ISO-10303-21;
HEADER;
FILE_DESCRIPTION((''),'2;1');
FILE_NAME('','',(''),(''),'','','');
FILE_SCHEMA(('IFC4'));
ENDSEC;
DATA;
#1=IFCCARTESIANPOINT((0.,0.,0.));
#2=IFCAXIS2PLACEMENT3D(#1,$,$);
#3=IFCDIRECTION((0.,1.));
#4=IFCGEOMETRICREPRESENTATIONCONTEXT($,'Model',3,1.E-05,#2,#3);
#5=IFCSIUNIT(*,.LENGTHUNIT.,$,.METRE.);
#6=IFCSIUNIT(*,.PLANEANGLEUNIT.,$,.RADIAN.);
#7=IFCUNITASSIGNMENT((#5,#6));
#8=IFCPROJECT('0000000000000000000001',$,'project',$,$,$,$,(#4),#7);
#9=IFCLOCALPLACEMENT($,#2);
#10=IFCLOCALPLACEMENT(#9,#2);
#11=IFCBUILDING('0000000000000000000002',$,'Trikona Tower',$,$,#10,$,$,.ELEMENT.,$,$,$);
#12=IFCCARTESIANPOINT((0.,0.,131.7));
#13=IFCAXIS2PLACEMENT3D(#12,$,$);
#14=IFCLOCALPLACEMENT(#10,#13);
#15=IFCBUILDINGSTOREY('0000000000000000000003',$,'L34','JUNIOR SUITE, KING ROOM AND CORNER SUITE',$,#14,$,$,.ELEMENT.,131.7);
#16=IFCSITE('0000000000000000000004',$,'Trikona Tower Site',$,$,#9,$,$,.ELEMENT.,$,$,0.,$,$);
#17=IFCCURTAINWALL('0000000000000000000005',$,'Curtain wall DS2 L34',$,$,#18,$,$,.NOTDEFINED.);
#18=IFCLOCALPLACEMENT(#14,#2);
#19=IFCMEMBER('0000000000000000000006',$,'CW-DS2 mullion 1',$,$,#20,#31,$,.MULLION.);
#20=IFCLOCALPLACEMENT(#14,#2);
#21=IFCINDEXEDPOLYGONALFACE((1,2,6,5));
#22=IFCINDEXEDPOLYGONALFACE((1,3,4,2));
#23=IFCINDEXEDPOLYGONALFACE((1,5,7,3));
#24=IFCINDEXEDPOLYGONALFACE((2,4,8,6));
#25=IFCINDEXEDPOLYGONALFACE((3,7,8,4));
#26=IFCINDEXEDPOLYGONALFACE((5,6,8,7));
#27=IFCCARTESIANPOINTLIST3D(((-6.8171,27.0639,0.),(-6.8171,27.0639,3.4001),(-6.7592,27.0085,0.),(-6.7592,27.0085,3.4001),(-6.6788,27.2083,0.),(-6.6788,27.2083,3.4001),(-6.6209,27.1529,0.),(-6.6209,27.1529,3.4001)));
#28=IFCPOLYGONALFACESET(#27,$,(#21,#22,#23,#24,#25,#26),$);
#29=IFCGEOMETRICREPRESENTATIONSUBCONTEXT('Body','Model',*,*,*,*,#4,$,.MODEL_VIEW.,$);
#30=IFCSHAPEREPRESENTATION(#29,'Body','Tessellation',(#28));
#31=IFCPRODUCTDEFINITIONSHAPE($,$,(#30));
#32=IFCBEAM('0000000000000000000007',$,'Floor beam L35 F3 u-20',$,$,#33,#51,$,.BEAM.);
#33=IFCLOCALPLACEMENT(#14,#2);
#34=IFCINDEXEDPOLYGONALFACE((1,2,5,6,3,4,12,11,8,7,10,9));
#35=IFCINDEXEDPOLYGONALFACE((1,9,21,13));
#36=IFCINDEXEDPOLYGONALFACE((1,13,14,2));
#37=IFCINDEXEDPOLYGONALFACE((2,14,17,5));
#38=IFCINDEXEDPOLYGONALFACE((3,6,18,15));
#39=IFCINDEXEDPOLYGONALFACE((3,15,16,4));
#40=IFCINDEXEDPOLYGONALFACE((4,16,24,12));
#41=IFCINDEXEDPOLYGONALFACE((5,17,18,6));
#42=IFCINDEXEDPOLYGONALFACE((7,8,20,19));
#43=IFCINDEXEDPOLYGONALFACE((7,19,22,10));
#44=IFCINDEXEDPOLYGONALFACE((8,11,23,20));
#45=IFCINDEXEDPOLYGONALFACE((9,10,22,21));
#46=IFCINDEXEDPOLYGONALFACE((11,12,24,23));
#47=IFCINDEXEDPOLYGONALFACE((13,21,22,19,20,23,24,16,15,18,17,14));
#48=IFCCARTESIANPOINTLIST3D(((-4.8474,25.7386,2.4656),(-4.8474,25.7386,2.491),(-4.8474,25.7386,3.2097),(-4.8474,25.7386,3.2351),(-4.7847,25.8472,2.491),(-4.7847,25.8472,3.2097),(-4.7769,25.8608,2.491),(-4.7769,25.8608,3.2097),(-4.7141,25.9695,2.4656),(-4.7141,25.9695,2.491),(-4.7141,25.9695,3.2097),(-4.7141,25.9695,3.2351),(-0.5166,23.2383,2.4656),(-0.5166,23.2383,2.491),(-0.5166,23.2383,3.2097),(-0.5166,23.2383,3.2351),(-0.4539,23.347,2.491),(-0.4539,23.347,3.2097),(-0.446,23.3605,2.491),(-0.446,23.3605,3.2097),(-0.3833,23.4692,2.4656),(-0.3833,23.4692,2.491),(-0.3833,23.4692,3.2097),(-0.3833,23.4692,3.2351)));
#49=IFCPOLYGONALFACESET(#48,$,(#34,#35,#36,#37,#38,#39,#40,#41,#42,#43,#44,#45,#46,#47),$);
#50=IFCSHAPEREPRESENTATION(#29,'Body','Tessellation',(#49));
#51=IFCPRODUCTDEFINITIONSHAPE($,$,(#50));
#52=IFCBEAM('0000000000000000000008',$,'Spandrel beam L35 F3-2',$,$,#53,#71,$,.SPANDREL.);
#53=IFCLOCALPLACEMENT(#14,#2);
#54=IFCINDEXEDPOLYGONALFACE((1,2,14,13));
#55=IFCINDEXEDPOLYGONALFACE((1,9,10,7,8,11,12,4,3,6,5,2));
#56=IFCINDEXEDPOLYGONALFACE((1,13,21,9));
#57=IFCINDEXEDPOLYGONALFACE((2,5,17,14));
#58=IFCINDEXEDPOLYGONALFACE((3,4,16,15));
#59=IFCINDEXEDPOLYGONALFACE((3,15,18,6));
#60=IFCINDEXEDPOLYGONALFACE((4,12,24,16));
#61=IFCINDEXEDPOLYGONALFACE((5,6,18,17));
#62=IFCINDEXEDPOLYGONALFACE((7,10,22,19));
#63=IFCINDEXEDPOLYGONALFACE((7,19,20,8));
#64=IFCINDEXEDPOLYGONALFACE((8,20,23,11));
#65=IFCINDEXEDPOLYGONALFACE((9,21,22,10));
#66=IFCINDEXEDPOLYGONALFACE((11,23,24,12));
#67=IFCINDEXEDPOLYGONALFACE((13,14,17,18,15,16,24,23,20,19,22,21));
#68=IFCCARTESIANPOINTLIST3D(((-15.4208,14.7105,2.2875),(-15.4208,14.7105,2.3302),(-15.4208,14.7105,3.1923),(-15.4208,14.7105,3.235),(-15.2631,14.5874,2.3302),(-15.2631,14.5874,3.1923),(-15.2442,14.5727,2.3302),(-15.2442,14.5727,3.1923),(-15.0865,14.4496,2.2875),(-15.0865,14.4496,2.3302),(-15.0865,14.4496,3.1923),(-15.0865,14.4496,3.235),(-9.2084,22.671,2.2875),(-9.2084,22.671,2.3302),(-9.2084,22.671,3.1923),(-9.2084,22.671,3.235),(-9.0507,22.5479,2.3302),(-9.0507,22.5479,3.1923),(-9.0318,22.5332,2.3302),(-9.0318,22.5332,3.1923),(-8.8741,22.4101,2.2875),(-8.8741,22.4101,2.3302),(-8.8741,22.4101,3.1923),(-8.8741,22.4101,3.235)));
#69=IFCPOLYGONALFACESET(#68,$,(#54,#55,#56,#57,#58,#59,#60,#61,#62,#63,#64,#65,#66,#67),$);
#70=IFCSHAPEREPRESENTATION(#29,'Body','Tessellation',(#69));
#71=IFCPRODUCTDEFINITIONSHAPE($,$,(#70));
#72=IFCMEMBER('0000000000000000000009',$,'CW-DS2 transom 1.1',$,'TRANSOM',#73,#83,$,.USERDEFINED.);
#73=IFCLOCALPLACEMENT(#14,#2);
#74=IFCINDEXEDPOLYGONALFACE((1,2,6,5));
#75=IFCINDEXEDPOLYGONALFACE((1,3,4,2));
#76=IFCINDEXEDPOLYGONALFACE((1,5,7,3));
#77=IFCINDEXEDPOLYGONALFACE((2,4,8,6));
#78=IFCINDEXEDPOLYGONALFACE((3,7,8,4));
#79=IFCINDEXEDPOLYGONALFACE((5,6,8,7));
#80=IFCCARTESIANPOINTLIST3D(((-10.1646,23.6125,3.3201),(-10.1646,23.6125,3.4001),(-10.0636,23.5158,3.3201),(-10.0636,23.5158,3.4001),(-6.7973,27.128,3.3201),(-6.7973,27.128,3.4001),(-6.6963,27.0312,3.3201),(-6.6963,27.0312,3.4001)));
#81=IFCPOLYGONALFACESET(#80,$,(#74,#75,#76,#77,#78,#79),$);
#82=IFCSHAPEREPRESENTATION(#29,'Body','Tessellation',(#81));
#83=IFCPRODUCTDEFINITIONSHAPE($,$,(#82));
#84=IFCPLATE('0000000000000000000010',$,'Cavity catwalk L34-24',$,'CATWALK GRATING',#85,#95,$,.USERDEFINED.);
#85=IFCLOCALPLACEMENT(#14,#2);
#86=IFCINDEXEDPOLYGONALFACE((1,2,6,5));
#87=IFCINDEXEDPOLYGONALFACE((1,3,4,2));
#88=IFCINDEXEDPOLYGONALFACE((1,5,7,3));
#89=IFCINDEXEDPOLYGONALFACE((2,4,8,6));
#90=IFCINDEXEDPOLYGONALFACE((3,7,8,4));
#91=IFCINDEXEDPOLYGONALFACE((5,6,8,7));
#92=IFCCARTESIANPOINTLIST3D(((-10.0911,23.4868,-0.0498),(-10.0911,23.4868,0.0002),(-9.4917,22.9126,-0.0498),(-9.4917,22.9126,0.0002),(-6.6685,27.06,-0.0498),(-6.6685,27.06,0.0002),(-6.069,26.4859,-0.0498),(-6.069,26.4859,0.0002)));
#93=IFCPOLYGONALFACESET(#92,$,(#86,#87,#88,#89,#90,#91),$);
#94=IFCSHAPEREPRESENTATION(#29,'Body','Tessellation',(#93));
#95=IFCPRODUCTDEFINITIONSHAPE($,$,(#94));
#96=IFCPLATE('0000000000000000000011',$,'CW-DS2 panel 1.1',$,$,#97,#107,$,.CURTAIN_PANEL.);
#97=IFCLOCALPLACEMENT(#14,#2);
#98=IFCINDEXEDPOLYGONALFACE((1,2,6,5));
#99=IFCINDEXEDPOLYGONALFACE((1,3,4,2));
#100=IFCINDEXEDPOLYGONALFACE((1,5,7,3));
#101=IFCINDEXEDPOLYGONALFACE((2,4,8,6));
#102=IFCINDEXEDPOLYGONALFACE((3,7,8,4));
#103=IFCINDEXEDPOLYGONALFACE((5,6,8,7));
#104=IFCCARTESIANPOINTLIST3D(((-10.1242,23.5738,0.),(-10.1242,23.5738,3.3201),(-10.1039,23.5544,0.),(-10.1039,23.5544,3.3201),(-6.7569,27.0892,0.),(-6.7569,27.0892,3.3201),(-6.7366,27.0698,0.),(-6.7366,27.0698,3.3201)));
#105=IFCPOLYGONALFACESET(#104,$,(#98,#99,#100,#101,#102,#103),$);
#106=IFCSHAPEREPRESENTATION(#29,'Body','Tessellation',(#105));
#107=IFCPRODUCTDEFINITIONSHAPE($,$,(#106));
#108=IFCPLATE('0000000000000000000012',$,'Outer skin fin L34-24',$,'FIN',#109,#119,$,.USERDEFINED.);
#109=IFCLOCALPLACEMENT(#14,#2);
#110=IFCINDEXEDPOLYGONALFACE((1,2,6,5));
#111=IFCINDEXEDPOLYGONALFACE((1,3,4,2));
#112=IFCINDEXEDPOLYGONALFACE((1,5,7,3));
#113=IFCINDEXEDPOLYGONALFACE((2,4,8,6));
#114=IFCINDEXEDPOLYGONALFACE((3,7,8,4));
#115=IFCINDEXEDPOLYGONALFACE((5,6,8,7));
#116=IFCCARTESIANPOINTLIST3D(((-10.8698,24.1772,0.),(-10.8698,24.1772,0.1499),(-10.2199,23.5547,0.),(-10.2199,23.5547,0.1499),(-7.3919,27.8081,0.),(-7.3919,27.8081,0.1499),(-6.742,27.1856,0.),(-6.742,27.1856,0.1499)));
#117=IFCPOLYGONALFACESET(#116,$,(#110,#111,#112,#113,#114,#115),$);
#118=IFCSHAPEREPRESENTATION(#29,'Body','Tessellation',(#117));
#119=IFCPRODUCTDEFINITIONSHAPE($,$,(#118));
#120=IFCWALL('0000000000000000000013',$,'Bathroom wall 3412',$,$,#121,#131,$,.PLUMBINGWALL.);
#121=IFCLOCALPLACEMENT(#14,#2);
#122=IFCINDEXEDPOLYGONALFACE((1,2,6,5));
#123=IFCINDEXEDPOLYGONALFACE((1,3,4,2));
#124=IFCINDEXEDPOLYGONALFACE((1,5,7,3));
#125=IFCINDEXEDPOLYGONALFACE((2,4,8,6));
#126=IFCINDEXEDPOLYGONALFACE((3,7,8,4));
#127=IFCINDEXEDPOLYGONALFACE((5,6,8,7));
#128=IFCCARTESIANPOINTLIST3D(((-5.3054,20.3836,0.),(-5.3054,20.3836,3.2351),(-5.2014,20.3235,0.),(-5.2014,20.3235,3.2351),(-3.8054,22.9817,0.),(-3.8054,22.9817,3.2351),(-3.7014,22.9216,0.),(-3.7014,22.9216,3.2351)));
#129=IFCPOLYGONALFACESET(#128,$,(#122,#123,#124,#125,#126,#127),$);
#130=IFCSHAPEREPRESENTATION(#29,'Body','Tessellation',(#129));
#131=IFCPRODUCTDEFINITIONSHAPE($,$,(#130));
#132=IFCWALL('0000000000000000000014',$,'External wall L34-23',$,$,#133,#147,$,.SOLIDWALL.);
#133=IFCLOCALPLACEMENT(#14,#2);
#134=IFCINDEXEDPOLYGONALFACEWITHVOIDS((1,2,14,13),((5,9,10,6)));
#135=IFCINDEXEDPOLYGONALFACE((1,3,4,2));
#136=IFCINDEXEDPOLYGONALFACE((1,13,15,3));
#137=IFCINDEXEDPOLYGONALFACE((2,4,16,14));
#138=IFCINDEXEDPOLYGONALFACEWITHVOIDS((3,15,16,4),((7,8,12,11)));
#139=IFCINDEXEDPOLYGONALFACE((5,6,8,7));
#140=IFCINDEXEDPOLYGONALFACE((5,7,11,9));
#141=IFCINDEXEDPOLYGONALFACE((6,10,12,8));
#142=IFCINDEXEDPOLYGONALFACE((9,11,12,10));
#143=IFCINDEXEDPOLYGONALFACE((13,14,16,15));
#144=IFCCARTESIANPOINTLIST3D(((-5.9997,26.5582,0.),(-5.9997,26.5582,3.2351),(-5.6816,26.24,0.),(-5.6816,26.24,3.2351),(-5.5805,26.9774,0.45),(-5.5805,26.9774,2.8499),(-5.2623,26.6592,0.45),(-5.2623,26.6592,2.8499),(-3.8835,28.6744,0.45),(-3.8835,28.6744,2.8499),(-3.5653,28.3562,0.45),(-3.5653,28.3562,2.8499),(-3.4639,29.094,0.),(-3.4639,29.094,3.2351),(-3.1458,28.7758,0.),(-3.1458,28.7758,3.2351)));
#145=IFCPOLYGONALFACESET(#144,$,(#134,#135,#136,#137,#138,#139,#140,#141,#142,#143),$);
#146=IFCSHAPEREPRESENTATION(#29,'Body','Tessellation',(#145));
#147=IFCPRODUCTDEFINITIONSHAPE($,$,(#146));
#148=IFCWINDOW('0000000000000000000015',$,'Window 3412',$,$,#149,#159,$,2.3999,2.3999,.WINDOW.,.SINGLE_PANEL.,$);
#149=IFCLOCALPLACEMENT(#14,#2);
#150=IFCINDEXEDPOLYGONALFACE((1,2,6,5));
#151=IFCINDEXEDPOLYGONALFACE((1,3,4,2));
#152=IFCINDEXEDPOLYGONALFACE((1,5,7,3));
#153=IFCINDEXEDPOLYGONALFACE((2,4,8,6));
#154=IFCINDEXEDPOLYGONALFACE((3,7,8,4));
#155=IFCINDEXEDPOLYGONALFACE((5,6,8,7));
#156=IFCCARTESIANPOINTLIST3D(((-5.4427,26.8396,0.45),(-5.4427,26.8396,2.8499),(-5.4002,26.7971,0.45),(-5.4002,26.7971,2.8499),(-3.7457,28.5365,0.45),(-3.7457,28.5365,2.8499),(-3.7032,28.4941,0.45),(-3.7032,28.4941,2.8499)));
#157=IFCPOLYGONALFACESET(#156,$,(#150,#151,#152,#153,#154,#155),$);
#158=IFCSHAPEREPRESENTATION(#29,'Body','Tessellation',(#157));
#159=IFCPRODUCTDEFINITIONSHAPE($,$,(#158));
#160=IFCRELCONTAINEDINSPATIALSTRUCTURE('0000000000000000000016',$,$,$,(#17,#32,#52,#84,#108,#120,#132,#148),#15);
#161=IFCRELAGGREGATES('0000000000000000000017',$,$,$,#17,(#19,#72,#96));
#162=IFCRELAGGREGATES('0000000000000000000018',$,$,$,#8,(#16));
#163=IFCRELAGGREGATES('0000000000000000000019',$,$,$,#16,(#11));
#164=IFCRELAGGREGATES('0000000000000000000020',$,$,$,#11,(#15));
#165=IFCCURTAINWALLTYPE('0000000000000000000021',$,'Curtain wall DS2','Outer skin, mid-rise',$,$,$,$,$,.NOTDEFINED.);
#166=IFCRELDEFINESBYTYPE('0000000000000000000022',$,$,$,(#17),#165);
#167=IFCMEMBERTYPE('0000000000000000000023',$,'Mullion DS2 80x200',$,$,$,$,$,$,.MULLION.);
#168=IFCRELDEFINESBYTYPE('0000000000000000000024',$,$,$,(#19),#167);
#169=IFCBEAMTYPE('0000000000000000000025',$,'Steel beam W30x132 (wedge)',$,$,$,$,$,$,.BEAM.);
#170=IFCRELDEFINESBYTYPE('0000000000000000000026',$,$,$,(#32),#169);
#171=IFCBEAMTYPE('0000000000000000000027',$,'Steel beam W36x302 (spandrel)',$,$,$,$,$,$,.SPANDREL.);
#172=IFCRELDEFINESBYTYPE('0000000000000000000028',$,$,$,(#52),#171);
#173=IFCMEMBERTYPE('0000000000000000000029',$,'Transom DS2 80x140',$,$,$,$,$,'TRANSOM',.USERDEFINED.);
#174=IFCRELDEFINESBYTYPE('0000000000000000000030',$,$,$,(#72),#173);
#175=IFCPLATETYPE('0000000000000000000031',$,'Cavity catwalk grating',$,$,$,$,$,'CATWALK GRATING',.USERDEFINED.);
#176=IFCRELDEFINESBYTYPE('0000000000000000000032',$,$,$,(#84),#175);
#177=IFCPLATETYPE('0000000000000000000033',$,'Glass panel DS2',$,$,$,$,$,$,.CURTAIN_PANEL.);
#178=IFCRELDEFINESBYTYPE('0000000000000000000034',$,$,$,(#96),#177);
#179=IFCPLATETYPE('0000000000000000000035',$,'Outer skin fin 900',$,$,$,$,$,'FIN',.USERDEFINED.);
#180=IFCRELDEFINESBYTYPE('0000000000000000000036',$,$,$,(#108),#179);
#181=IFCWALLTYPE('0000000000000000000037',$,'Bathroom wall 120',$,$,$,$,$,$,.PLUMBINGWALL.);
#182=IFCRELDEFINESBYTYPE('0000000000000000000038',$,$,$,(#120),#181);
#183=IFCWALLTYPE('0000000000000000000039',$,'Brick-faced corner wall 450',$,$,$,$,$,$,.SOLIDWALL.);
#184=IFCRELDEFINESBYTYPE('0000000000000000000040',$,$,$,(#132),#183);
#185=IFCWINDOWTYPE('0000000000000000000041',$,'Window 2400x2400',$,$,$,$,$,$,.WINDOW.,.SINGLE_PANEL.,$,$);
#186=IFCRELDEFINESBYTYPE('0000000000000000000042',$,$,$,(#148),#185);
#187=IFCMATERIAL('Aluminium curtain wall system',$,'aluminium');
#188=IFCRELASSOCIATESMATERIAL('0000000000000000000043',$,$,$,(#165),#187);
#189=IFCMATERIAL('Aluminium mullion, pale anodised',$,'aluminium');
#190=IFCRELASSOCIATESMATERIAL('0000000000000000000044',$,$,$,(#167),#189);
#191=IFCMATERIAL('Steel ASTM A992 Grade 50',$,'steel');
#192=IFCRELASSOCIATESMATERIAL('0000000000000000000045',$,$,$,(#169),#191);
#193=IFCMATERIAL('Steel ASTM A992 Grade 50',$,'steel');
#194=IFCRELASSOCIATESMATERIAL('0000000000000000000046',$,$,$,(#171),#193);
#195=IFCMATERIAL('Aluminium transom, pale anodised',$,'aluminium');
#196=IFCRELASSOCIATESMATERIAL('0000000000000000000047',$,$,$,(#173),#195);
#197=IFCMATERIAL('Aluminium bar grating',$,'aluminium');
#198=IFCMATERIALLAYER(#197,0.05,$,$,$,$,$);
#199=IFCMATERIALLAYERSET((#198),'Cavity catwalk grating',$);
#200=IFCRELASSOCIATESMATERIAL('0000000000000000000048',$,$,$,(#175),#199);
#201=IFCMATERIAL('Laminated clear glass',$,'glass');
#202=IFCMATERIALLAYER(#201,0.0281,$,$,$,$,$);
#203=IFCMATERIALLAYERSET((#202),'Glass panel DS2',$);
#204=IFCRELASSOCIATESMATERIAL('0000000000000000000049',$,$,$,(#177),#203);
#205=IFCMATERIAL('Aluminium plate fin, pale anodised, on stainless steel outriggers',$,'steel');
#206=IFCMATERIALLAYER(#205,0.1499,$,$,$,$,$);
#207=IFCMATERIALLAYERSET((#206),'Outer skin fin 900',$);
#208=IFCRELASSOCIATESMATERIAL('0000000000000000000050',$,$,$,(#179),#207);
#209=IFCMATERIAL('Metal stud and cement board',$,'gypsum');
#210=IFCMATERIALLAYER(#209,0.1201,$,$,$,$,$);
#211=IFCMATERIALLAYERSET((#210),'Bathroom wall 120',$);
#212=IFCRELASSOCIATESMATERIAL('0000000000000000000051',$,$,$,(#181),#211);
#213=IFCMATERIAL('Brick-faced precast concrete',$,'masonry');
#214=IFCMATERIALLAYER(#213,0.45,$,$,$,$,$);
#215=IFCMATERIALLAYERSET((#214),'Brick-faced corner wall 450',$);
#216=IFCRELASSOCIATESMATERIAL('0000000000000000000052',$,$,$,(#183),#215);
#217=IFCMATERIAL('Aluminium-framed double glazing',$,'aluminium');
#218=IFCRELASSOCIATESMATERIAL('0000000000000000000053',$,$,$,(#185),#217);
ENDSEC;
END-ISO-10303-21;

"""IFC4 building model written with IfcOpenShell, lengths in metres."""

from ifc_helpers import new_model, si_unit, direction, frame, frame_2d, origin, origin_2d, place, context, subcontext, project, spatial, rectangle, i_section, extrude, material, layer, layer_set, material_profile, profile_set, type_object, element, fill, aggregate, save


model = new_model("IFC4")

# Units and contexts
model_context = context("Model", 3, precision=1e-05, world=origin(), true_north=direction((0.0, 1.0)))
body_context = subcontext(model_context, "Body", "Model", "MODEL_VIEW")
ifc_project = project(units=[si_unit("LENGTHUNIT", "METRE"), si_unit("PLANEANGLEUNIT", "RADIAN")], contexts=[model_context])

# Site, building, storey
site_placement = place(None, origin())
site = spatial("IfcSite", under=ifc_project, at=site_placement, Name="Trikona Tower Site", CompositionType="ELEMENT", RefElevation=0.0)
building_placement = place(site_placement, origin())
building = spatial("IfcBuilding", under=site, at=building_placement, Name="Trikona Tower", CompositionType="ELEMENT")
storey_placement = place(building_placement, frame((0.0, 0.0, 131.7)))
storey = spatial("IfcBuildingStorey", under=building, at=storey_placement, Name="L34", Description="JUNIOR SUITE, KING ROOM AND CORNER SUITE", CompositionType="ELEMENT", Elevation=131.7)

# Curtain wall, member
ifc_material_1 = material(Name="Aluminium curtain wall system", Category="aluminium")
curtain_wall_type = type_object("IfcCurtainWallType", Name="Curtain wall DS2", Description="Outer skin, mid-rise", PredefinedType="NOTDEFINED", material=ifc_material_1)
curtain_wall_placement = place(storey_placement, origin())
curtain_wall = element("IfcCurtainWall", 1, at=curtain_wall_placement, inside=storey, type_object=curtain_wall_type, Name="Curtain wall DS2 L34", PredefinedType="NOTDEFINED")
ifc_material_2 = material(Name="Aluminium mullion, pale anodised", Category="aluminium")
ifc_material_profile_1 = material_profile(ifc_material_2, rectangle(XDim=0.0801, YDim=0.2, at=origin_2d()), Name="MUL-DS2")
ifc_profile_set_1 = profile_set([ifc_material_profile_1], Name="Aluminium mullion, pale anodised")
member_type_1 = type_object("IfcMemberType", Name="Mullion DS2 80x200", PredefinedType="MULLION", material=ifc_profile_set_1)
member_1_placement = place(storey_placement, frame((-6.719, 27.1084, 0.0), z_axis=(0.0, 0.0, 1.0), x_axis=(0.722158, -0.691728, 0.0)))
member_1 = element("IfcMember", 2, at=member_1_placement, type_object=member_type_1, Name="CW-DS2 mullion 1", PredefinedType="MULLION", context=body_context, shape_type="SweptSolid", body=[
    extrude(rectangle(XDim=0.0801, YDim=0.2, at=origin_2d()), origin(), (0.0, 0.0, 1.0), 3.4001),
])

# Beams
ifc_material_3 = material(Name="Steel ASTM A992 Grade 50", Category="steel")
ifc_material_profile_2 = material_profile(ifc_material_3, i_section(OverallWidth=0.2666, OverallDepth=0.7695, WebThickness=0.0156, FlangeThickness=0.0254, at=origin_2d()), Name="W30X132")
ifc_profile_set_2 = profile_set([ifc_material_profile_2], Name="Steel ASTM A992 Grade 50")
beam_type_1 = type_object("IfcBeamType", Name="Steel beam W30x132 (wedge)", PredefinedType="BEAM", material=ifc_profile_set_2)
beam_1_placement = place(storey_placement, frame((-0.45, 23.3538, 2.8503), z_axis=(-0.866038, 0.499977, 0.0), x_axis=(-0.499977, -0.866038, 0.0)))
element("IfcBeam", 3, at=beam_1_placement, inside=storey, type_object=beam_type_1, Name="Floor beam L35 F3 u-20", PredefinedType="BEAM", context=body_context, shape_type="SweptSolid", body=[
    extrude(i_section(OverallWidth=0.2666, OverallDepth=0.7695, WebThickness=0.0156, FlangeThickness=0.0254, at=origin_2d()), origin(), (0.0, 0.0, 1.0), 5.0007),
])
ifc_material_4 = material(Name="Steel ASTM A992 Grade 50", Category="steel")
ifc_material_profile_3 = material_profile(ifc_material_4, i_section(OverallWidth=0.4241, OverallDepth=0.9475, WebThickness=0.0239, FlangeThickness=0.0427, at=origin_2d()), Name="W36X302")
ifc_profile_set_3 = profile_set([ifc_material_profile_3], Name="Steel ASTM A992 Grade 50")
beam_type_2 = type_object("IfcBeamType", Name="Steel beam W36x302 (spandrel)", PredefinedType="SPANDREL", material=ifc_profile_set_3)
beam_2_placement = place(storey_placement, frame((-9.0413, 22.5405, 2.7612), z_axis=(-0.615232, -0.788346, 0.0), x_axis=(0.788346, -0.615232, 0.0)))
element("IfcBeam", 4, at=beam_2_placement, inside=storey, type_object=beam_type_2, Name="Spandrel beam L35 F3-2", PredefinedType="SPANDREL", context=body_context, shape_type="SweptSolid", body=[
    extrude(i_section(OverallWidth=0.4241, OverallDepth=0.9475, WebThickness=0.0239, FlangeThickness=0.0427, at=origin_2d()), origin(), (0.0, 0.0, 1.0), 10.0977),
])

# Member
ifc_material_5 = material(Name="Aluminium transom, pale anodised", Category="aluminium")
ifc_material_profile_4 = material_profile(ifc_material_5, rectangle(XDim=0.1399, YDim=0.0801, at=origin_2d()), Name="TRN-DS2")
ifc_profile_set_4 = profile_set([ifc_material_profile_4], Name="Aluminium transom, pale anodised")
member_type_2 = type_object("IfcMemberType", Name="Transom DS2 80x140", ElementType="TRANSOM", PredefinedType="USERDEFINED", material=ifc_profile_set_4)
member_2_placement = place(storey_placement, frame((-6.7468, 27.0796, 3.3601), z_axis=(-0.691721, -0.722165, 0.0), x_axis=(0.722165, -0.691721, 0.0)))
member_2 = element("IfcMember", 5, at=member_2_placement, type_object=member_type_2, Name="CW-DS2 transom 1.1", ObjectType="TRANSOM", PredefinedType="USERDEFINED", context=body_context, shape_type="SweptSolid", body=[
    extrude(rectangle(XDim=0.1399, YDim=0.0801, at=origin_2d()), origin(), (0.0, 0.0, 1.0), 4.8679),
])

# Plates
ifc_material_6 = material(Name="Aluminium bar grating", Category="aluminium")
ifc_layer_1 = layer(ifc_material_6, 0.05)
ifc_layer_set_1 = layer_set([ifc_layer_1], Name="Cavity catwalk grating")
plate_type_1 = type_object("IfcPlateType", Name="Cavity catwalk grating", ElementType="CATWALK GRATING", PredefinedType="USERDEFINED", material=ifc_layer_set_1)
plate_1_placement = place(storey_placement, frame((-8.0801, 24.9863, -0.0498), z_axis=(0.0, 0.0, 1.0), x_axis=(-0.691724, -0.722162, 0.0)))
element("IfcPlate", 6, at=plate_1_placement, inside=storey, type_object=plate_type_1, Name="Cavity catwalk L34-24", ObjectType="CATWALK GRATING", PredefinedType="USERDEFINED", context=body_context, shape_type="SweptSolid", body=[
    extrude(rectangle(XDim=4.948, YDim=0.8301, at=origin_2d()), origin(), (0.0, 0.0, 1.0), 0.05),
])
ifc_material_7 = material(Name="Laminated clear glass", Category="glass")
ifc_layer_2 = layer(ifc_material_7, 0.0281)
ifc_layer_set_2 = layer_set([ifc_layer_2], Name="Glass panel DS2")
plate_type_2 = type_object("IfcPlateType", Name="Glass panel DS2", PredefinedType="CURTAIN_PANEL", material=ifc_layer_set_2)
plate_2_placement = place(storey_placement, frame((-8.4304, 25.3218, 0.0), z_axis=(0.0, 0.0, 1.0), x_axis=(-0.691728, -0.722158, 0.0)))
plate_2 = element("IfcPlate", 7, at=plate_2_placement, type_object=plate_type_2, Name="CW-DS2 panel 1.1", PredefinedType="CURTAIN_PANEL", context=body_context, shape_type="SweptSolid", body=[
    extrude(rectangle(XDim=4.8679, YDim=0.0281, at=origin_2d()), origin(), (0.0, 0.0, 1.0), 3.3201),
])
aggregate(curtain_wall, [member_1, member_2, plate_2])
ifc_material_8 = material(Name="Aluminium plate fin, pale anodised, on stainless steel outriggers", Category="steel")
ifc_layer_3 = layer(ifc_material_8, 0.1499)
ifc_layer_set_3 = layer_set([ifc_layer_3], Name="Outer skin fin 900")
plate_type_3 = type_object("IfcPlateType", Name="Outer skin fin 900", ElementType="FIN", PredefinedType="USERDEFINED", material=ifc_layer_set_3)
plate_3_placement = place(storey_placement, frame((-8.8059, 25.6814, 0.0), z_axis=(0.0, 0.0, 1.0), x_axis=(-0.691724, -0.722162, 0.0)))
element("IfcPlate", 8, at=plate_3_placement, inside=storey, type_object=plate_type_3, Name="Outer skin fin L34-24", ObjectType="FIN", PredefinedType="USERDEFINED", context=body_context, shape_type="SweptSolid", body=[
    extrude(rectangle(XDim=5.0278, YDim=0.8999, at=origin_2d()), origin(), (0.0, 0.0, 1.0), 0.1499),
])

# Wall
ifc_material_9 = material(Name="Metal stud and cement board", Category="gypsum")
ifc_layer_4 = layer(ifc_material_9, 0.1201)
ifc_layer_set_4 = layer_set([ifc_layer_4], Name="Bathroom wall 120")
wall_type_1 = type_object("IfcWallType", Name="Bathroom wall 120", PredefinedType="PLUMBINGWALL", material=ifc_layer_set_4)
wall_1_placement = place(storey_placement, frame((-3.7534, 22.9517, 0.0), z_axis=(0.0, 0.0, 1.0), x_axis=(-0.49999, -0.866031, 0.0)))
element("IfcWall", 9, at=wall_1_placement, inside=storey, type_object=wall_type_1, Name="Bathroom wall 3412", PredefinedType="PLUMBINGWALL", context=body_context, shape_type="SweptSolid", body=[
    extrude(rectangle(XDim=3.0, YDim=0.1201, at=frame_2d((1.5, 0.0))), origin(), (0.0, 0.0, 1.0), 3.2351),
])

# Wall, opening, window
ifc_material_10 = material(Name="Brick-faced precast concrete", Category="masonry")
ifc_layer_5 = layer(ifc_material_10, 0.45)
ifc_layer_set_5 = layer_set([ifc_layer_5], Name="Brick-faced corner wall 450")
wall_type_2 = type_object("IfcWallType", Name="Brick-faced corner wall 450", PredefinedType="SOLIDWALL", material=ifc_layer_set_5)
wall_2_placement = place(storey_placement, frame((-3.3049, 28.9348, 0.0), z_axis=(0.0, 0.0, 1.0), x_axis=(-0.707107, -0.707107, 0.0)))
wall_2 = element("IfcWall", 10, at=wall_2_placement, inside=storey, type_object=wall_type_2, Name="External wall L34-23", PredefinedType="SOLIDWALL", context=body_context, shape_type="SweptSolid", body=[
    extrude(rectangle(XDim=3.5862, YDim=0.45, at=frame_2d((1.793, 0.0))), origin(), (0.0, 0.0, 1.0), 3.2351),
])
opening_1_placement = place(wall_2_placement, frame((0.5933, 0.0, 0.45)))
opening_1 = element("IfcOpeningElement", 11, at=opening_1_placement, cuts=wall_2, PredefinedType="OPENING", context=body_context, shape_type="SweptSolid", body=[
    extrude(rectangle(XDim=2.3999, YDim=2.3999, at=frame_2d((1.2, 1.2))), frame((0.0, 0.2349, 0.0), z_axis=(0.0, -1.0, 0.0), x_axis=(1.0, 0.0, 0.0)), (0.0, 0.0, 1.0), 0.47),
])
ifc_material_11 = material(Name="Aluminium-framed double glazing", Category="aluminium")
window_type_1 = type_object("IfcWindowType", Name="Window 2400x2400", PartitioningType="SINGLE_PANEL", PredefinedType="WINDOW", material=ifc_material_11)
window_1_placement = place(opening_1_placement, origin())
window_1 = element("IfcWindow", 12, at=window_1_placement, inside=storey, type_object=window_type_1, Name="Window 3412", OverallHeight=2.3999, OverallWidth=2.3999, PartitioningType="SINGLE_PANEL", PredefinedType="WINDOW", context=body_context, shape_type="SweptSolid", body=[
    extrude(rectangle(XDim=2.3999, YDim=2.3999, at=frame_2d((1.2, 1.2))), frame((0.0, 0.03, 0.0), z_axis=(0.0, -1.0, 0.0), x_axis=(1.0, 0.0, 0.0)), (0.0, 0.0, 1.0), 0.0601),
])
fill(opening_1, window_1)

save(model, "model.ifc")
